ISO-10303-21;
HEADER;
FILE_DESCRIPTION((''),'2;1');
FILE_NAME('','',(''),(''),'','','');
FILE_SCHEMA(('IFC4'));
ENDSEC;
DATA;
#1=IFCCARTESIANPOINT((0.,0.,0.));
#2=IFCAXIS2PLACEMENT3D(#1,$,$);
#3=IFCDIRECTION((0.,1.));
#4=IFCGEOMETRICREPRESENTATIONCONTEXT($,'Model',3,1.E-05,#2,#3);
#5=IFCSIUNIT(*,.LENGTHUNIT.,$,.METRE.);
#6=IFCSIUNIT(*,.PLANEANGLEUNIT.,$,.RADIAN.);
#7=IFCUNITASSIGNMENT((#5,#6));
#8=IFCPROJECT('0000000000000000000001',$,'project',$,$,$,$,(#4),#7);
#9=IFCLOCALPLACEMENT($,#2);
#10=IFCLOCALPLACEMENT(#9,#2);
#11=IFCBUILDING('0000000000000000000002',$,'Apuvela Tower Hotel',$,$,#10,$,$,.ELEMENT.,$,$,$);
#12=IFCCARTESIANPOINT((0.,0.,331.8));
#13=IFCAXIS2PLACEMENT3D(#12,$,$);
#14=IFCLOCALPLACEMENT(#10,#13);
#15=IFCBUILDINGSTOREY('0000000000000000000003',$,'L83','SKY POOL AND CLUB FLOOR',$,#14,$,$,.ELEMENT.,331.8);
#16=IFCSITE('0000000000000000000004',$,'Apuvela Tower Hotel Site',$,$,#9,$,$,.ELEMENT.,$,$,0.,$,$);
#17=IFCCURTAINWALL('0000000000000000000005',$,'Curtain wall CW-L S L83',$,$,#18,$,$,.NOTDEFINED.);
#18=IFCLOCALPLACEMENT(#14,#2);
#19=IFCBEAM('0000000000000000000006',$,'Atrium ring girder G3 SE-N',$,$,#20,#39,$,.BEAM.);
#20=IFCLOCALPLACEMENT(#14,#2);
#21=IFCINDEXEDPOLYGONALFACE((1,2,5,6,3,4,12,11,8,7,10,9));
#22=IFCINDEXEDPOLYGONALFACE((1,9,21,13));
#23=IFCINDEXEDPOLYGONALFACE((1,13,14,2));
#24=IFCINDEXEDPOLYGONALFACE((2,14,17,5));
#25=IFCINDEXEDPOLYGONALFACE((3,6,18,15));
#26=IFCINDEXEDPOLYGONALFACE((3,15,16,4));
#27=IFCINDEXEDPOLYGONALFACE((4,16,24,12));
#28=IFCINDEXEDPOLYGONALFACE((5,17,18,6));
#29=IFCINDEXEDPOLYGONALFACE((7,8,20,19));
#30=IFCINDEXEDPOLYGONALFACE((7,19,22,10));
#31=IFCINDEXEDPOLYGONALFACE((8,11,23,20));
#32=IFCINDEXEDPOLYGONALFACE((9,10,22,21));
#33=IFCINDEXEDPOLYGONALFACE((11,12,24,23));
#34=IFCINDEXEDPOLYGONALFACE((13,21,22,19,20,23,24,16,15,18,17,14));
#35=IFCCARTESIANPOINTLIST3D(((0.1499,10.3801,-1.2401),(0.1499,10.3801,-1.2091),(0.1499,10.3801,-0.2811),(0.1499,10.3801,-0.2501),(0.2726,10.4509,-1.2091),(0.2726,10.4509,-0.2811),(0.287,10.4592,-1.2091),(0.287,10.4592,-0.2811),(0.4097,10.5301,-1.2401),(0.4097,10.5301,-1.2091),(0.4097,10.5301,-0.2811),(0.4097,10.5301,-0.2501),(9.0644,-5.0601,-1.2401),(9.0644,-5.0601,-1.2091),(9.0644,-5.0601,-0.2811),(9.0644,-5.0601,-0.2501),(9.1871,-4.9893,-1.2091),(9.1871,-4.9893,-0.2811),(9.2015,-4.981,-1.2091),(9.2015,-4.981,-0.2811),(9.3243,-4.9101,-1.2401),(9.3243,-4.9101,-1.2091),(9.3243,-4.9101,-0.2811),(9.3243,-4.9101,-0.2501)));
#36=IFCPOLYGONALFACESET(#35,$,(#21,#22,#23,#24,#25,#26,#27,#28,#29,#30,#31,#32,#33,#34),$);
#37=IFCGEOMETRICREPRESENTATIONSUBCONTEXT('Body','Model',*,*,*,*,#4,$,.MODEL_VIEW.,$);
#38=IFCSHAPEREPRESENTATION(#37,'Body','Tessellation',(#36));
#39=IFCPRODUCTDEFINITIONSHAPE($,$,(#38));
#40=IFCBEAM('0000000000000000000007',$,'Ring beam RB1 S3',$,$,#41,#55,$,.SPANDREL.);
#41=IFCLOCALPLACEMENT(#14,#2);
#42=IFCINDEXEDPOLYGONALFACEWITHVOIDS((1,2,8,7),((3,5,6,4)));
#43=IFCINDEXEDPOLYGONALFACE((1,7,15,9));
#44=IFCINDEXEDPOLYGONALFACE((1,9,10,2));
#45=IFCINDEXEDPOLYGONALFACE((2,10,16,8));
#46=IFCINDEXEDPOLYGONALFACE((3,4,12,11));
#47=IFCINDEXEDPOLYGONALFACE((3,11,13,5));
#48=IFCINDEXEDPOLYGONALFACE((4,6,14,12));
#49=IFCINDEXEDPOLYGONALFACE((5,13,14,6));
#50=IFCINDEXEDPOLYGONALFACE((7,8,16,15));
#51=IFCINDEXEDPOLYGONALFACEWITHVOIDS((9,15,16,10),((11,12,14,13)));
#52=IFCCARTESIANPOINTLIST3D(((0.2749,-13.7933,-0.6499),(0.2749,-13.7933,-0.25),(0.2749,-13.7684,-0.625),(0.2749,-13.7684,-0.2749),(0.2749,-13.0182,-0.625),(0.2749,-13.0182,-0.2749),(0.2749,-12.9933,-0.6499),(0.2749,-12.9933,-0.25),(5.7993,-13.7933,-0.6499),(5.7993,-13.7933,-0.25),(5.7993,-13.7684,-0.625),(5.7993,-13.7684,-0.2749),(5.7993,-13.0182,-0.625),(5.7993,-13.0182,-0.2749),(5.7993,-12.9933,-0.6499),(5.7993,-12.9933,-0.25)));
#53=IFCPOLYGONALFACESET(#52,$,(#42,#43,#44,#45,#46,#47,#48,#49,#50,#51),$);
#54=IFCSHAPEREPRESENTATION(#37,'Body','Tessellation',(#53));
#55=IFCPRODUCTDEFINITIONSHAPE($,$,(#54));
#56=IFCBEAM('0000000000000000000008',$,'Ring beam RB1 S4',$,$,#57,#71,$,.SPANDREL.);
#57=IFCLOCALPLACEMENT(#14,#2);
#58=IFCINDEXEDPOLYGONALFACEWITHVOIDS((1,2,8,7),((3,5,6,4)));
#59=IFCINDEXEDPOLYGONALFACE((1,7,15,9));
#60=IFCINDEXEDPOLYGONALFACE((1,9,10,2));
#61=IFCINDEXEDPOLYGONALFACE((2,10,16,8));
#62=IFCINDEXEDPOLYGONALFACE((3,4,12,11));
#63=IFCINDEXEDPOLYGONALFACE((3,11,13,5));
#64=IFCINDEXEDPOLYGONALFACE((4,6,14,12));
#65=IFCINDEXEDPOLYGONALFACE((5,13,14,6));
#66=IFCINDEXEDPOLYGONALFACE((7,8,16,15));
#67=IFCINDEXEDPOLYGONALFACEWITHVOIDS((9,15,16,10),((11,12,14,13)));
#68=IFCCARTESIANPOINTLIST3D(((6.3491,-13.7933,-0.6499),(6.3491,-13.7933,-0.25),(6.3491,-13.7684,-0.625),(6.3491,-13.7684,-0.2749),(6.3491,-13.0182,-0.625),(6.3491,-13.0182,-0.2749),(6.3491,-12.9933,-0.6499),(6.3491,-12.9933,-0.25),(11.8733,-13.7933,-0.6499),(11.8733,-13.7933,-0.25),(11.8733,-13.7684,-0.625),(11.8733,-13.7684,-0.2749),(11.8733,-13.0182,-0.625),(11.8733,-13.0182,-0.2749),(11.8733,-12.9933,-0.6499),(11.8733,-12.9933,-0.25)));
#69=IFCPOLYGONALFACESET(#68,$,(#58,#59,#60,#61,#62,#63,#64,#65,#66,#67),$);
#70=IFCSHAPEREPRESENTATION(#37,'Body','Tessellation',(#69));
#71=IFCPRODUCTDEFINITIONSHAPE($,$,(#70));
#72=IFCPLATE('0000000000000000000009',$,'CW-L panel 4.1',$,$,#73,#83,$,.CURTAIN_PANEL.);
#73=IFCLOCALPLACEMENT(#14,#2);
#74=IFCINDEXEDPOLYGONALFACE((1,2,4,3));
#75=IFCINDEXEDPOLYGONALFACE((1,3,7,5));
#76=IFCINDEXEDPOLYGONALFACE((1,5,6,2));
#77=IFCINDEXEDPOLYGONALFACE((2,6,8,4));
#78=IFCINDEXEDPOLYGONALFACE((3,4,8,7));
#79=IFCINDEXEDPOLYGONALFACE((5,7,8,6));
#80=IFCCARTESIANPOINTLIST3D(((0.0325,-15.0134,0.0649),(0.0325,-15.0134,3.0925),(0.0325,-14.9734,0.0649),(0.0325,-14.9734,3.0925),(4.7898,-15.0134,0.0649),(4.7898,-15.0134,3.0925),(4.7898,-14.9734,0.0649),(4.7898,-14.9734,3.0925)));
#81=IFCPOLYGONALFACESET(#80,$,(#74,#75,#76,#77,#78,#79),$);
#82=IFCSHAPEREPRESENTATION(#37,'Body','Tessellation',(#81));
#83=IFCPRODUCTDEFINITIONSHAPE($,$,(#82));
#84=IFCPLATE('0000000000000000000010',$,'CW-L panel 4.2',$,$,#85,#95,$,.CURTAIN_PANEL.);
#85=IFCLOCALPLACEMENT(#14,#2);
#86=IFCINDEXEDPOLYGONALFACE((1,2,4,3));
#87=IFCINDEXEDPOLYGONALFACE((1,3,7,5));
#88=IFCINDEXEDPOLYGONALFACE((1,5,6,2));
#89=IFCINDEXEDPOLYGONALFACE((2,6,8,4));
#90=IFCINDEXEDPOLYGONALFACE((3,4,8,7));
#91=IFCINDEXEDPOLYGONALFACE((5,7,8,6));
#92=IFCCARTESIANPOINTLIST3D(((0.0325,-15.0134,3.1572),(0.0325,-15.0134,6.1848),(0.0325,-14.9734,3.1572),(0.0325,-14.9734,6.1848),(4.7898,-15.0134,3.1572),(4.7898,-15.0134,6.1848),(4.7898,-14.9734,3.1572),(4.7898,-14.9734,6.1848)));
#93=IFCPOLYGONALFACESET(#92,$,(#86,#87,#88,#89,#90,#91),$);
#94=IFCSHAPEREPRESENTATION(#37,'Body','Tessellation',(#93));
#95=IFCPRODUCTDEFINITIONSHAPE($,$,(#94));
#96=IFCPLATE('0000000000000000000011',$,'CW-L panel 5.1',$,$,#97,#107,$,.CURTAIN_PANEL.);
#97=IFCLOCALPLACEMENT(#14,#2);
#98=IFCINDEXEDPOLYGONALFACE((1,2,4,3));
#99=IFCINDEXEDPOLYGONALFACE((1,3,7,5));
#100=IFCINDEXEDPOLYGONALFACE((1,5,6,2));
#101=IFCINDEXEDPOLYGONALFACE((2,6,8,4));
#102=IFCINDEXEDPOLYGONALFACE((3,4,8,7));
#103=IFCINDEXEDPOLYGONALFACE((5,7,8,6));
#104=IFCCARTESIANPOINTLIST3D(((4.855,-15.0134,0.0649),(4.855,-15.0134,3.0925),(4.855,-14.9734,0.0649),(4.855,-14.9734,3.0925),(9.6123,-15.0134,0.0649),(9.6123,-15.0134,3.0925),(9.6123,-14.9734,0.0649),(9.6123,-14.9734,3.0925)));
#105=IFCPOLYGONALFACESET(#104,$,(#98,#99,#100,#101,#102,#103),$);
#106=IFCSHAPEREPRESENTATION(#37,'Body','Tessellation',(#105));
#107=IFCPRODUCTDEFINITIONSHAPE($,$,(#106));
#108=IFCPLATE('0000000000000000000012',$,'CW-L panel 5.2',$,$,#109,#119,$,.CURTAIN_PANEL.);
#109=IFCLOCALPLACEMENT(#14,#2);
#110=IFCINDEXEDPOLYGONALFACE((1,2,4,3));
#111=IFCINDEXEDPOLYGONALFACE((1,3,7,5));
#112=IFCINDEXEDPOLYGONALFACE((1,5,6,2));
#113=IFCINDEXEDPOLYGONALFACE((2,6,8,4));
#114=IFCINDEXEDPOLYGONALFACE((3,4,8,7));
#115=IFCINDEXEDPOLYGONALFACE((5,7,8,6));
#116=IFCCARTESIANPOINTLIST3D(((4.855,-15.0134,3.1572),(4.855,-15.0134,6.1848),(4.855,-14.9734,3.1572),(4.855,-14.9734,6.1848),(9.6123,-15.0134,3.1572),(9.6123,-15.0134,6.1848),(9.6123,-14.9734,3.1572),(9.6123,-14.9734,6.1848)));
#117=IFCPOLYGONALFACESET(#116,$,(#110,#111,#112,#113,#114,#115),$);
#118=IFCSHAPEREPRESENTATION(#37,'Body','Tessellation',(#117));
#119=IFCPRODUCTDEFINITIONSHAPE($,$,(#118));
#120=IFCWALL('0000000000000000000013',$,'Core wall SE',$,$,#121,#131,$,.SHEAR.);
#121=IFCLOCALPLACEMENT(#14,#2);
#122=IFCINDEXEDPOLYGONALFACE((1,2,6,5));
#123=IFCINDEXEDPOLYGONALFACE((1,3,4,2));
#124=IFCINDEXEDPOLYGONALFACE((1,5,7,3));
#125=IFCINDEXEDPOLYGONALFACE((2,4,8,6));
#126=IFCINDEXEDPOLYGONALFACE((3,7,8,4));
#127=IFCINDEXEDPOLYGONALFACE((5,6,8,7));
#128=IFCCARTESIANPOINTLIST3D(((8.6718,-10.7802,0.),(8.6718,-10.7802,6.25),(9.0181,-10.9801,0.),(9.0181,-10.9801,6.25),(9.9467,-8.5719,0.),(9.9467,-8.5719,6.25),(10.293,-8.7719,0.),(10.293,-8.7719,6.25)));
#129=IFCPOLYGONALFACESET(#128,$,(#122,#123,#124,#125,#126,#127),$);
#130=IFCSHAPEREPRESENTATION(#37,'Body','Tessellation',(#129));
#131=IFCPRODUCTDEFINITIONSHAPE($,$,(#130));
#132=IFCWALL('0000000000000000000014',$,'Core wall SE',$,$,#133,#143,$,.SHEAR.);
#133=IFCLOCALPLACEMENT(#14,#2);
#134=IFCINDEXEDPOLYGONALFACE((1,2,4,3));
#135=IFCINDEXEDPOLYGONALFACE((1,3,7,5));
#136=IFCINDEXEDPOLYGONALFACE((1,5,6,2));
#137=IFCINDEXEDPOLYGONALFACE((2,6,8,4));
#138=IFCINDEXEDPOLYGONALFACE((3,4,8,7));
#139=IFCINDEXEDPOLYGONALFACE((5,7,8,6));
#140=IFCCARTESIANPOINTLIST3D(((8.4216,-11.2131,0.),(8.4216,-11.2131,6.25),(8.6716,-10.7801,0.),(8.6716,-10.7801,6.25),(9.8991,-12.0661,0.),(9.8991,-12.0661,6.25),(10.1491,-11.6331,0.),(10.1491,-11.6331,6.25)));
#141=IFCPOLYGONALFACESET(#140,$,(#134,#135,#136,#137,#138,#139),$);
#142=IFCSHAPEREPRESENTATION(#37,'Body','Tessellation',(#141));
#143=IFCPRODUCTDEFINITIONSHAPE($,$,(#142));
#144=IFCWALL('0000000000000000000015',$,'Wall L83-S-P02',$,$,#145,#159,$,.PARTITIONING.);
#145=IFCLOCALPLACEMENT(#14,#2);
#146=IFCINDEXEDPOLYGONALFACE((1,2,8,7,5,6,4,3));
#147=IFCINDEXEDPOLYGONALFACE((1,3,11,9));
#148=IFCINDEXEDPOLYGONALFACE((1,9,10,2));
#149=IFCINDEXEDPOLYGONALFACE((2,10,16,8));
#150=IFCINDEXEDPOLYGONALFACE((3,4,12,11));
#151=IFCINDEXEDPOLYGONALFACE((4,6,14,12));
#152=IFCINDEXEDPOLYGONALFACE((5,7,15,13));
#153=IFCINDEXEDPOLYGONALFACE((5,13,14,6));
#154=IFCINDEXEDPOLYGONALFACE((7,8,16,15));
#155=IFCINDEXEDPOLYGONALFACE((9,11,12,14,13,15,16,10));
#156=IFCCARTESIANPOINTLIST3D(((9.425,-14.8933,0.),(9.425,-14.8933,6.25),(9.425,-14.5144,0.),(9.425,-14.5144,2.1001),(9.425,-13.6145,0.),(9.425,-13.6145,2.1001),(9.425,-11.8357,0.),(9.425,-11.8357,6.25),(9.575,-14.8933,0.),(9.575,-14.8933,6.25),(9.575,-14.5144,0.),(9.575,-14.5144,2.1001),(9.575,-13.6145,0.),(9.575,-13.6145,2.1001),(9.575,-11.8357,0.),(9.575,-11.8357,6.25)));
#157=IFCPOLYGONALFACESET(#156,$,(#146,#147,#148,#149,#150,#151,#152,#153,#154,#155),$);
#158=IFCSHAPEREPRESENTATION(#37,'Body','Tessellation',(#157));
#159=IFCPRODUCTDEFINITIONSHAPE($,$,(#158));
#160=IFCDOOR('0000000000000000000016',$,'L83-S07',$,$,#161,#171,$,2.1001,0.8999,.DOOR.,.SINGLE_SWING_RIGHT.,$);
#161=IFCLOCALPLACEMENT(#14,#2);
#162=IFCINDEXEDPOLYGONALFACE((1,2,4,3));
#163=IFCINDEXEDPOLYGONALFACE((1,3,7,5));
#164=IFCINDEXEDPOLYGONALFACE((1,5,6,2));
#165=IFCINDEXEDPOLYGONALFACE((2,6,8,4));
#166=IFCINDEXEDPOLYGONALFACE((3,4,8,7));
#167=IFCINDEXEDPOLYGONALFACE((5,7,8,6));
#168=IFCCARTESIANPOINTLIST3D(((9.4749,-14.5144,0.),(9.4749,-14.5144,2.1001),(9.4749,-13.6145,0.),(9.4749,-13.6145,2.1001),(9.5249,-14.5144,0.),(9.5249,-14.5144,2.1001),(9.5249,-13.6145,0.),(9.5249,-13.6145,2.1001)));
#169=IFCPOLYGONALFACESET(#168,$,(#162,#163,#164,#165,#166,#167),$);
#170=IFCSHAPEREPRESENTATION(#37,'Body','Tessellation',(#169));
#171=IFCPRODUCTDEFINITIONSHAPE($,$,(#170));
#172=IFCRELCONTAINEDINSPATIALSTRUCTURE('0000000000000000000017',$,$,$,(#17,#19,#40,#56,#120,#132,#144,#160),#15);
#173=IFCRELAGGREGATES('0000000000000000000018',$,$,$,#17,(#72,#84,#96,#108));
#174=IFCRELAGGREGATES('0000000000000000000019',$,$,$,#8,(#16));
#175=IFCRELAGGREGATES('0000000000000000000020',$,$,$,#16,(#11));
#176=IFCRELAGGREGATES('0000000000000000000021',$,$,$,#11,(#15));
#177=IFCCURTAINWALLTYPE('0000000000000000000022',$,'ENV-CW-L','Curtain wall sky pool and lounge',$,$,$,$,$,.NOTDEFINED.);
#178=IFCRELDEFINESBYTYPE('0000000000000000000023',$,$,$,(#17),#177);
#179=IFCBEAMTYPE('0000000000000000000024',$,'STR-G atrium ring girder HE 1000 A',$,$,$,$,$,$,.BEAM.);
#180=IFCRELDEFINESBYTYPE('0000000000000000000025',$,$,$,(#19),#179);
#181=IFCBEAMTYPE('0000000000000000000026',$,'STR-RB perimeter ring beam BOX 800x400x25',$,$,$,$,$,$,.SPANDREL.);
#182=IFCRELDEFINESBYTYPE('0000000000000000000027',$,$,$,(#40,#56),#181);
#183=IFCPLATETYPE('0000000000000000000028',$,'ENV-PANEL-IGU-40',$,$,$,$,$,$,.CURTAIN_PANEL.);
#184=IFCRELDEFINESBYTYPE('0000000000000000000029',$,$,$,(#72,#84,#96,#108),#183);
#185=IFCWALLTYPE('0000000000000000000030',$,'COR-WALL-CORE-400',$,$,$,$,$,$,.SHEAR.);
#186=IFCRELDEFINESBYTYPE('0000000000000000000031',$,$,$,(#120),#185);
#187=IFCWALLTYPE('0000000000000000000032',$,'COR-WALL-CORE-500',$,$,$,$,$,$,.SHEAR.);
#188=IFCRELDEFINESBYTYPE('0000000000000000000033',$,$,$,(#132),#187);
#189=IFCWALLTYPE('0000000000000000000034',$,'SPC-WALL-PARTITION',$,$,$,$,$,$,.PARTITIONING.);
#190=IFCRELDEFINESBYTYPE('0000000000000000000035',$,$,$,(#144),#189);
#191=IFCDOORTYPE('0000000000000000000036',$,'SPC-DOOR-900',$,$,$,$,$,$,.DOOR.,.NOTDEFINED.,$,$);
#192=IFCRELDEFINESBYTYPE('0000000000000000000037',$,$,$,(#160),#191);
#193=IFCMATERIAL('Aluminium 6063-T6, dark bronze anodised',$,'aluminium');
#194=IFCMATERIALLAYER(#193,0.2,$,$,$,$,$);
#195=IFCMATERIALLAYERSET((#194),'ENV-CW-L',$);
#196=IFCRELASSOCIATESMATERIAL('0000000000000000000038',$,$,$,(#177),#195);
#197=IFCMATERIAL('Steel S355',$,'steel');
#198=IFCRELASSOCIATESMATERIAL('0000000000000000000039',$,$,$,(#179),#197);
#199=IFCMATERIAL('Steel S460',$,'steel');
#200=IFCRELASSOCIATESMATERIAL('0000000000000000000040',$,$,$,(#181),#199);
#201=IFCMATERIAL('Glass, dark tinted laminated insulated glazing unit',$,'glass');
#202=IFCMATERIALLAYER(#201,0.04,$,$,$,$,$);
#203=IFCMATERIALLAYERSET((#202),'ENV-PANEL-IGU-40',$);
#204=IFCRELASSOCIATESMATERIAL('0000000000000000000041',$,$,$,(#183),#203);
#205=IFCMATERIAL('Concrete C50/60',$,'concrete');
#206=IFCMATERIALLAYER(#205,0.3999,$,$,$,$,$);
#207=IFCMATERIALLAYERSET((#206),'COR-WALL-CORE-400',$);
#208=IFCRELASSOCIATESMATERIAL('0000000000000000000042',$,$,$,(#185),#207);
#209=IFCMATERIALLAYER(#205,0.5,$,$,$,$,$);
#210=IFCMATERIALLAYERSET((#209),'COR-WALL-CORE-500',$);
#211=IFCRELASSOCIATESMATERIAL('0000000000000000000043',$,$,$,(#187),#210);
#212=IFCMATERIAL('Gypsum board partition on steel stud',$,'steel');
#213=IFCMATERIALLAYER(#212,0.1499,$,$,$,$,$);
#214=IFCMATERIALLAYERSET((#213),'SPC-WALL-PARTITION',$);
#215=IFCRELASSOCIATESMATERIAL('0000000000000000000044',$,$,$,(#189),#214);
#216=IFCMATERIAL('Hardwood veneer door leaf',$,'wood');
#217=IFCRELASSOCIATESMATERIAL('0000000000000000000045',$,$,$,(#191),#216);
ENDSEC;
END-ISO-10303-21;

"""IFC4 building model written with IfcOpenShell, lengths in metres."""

from ifc_helpers import new_model, si_unit, direction, frame, frame_2d, origin, origin_2d, place, context, subcontext, project, spatial, rectangle, hollow_rectangle, i_section, extrude, material, layer, layer_set, material_profile, profile_set, type_object, element, fill, aggregate, save


model = new_model("IFC4")

# Units and contexts
model_context = context("Model", 3, precision=1e-05, world=origin(), true_north=direction((0.0, 1.0)))
body_context = subcontext(model_context, "Body", "Model", "MODEL_VIEW")
ifc_project = project(units=[si_unit("LENGTHUNIT", "METRE"), si_unit("PLANEANGLEUNIT", "RADIAN")], contexts=[model_context])

# Site, building, storey
site_placement = place(None, origin())
site = spatial("IfcSite", under=ifc_project, at=site_placement, Name="Apuvela Tower Hotel Site", CompositionType="ELEMENT", RefElevation=0.0)
building_placement = place(site_placement, origin())
building = spatial("IfcBuilding", under=site, at=building_placement, Name="Apuvela Tower Hotel", CompositionType="ELEMENT")
storey_placement = place(building_placement, frame((0.0, 0.0, 331.8)))
storey = spatial("IfcBuildingStorey", under=building, at=storey_placement, Name="L83", Description="SKY POOL AND CLUB FLOOR", CompositionType="ELEMENT", Elevation=331.8)

# Shared definitions
ifc_material_1 = material(Name="Steel S460", Category="steel")

# Curtain wall
ifc_material_2 = material(Name="Aluminium 6063-T6, dark bronze anodised", Category="aluminium")
ifc_layer_1 = layer(ifc_material_2, 0.2)
ifc_layer_set_1 = layer_set([ifc_layer_1], Name="ENV-CW-L")
curtain_wall_type = type_object("IfcCurtainWallType", Name="ENV-CW-L", Description="Curtain wall sky pool and lounge", PredefinedType="NOTDEFINED", material=ifc_layer_set_1)
curtain_wall_placement = place(storey_placement, origin())
curtain_wall = element("IfcCurtainWall", 1, at=curtain_wall_placement, inside=storey, type_object=curtain_wall_type, Name="Curtain wall CW-L S L83", PredefinedType="NOTDEFINED")

# Beams
ifc_material_3 = material(Name="Steel S355", Category="steel")
ifc_material_profile_1 = material_profile(ifc_material_3, i_section(OverallWidth=0.3, OverallDepth=0.99, WebThickness=0.0166, FlangeThickness=0.031, at=origin_2d()), Name="HE 1000 A")
ifc_profile_set_1 = profile_set([ifc_material_profile_1], Name="Steel S355")
beam_type_1 = type_object("IfcBeamType", Name="STR-G atrium ring girder HE 1000 A", PredefinedType="BEAM", material=ifc_profile_set_1)
beam_1_placement = place(storey_placement, frame((9.1943, -4.9851, -0.7451), z_axis=(-0.500007, 0.866022, 0.0), x_axis=(-0.866022, -0.500007, 0.0)))
element("IfcBeam", 2, at=beam_1_placement, inside=storey, type_object=beam_type_1, Name="Atrium ring girder G3 SE-N", PredefinedType="BEAM", context=body_context, shape_type="SweptSolid", body=[
    extrude(i_section(OverallWidth=0.3, OverallDepth=0.99, WebThickness=0.0166, FlangeThickness=0.031, at=origin_2d()), origin(), (0.0, 0.0, 1.0), 17.8289),
])
ifc_material_profile_2 = material_profile(ifc_material_1, hollow_rectangle(XDim=0.8, YDim=0.3999, WallThickness=0.0249, at=origin_2d()), Name="BOX 800x400x25")
ifc_profile_set_2 = profile_set([ifc_material_profile_2], Name="Steel S460")
beam_type_2 = type_object("IfcBeamType", Name="STR-RB perimeter ring beam BOX 800x400x25", PredefinedType="SPANDREL", material=ifc_profile_set_2)
beam_2_placement = place(storey_placement, frame((0.2749, -13.3933, -0.45), z_axis=(1.0, 0.0, 0.0), x_axis=(0.0, 1.0, 0.0)))
element("IfcBeam", 3, at=beam_2_placement, inside=storey, type_object=beam_type_2, Name="Ring beam RB1 S3", PredefinedType="SPANDREL", context=body_context, shape_type="SweptSolid", body=[
    extrude(hollow_rectangle(XDim=0.8, YDim=0.3999, WallThickness=0.0249, at=origin_2d()), origin(), (0.0, 0.0, 1.0), 5.5244),
])
beam_3_placement = place(storey_placement, frame((6.3491, -13.3933, -0.45), z_axis=(1.0, 0.0, 0.0), x_axis=(0.0, 1.0, 0.0)))
element("IfcBeam", 4, at=beam_3_placement, inside=storey, type_object=beam_type_2, Name="Ring beam RB1 S4", PredefinedType="SPANDREL", context=body_context, shape_type="SweptSolid", body=[
    extrude(hollow_rectangle(XDim=0.8, YDim=0.3999, WallThickness=0.0249, at=origin_2d()), origin(), (0.0, 0.0, 1.0), 5.5242),
])

# Plates
ifc_material_4 = material(Name="Glass, dark tinted laminated insulated glazing unit", Category="glass")
ifc_layer_2 = layer(ifc_material_4, 0.04)
ifc_layer_set_2 = layer_set([ifc_layer_2], Name="ENV-PANEL-IGU-40")
plate_type = type_object("IfcPlateType", Name="ENV-PANEL-IGU-40", PredefinedType="CURTAIN_PANEL", material=ifc_layer_set_2)
plate_1_placement = place(storey_placement, frame((2.4111, -14.9934, 0.0649), z_axis=(0.0, 0.0, 1.0), x_axis=(1.0, 0.0, 0.0)))
plate_1 = element("IfcPlate", 5, at=plate_1_placement, type_object=plate_type, Name="CW-L panel 4.1", PredefinedType="CURTAIN_PANEL", context=body_context, shape_type="SweptSolid", body=[
    extrude(rectangle(XDim=4.7573, YDim=0.04, at=origin_2d()), origin(), (0.0, 0.0, 1.0), 3.0276),
])
plate_2_placement = place(storey_placement, frame((2.4111, -14.9934, 3.1572), z_axis=(0.0, 0.0, 1.0), x_axis=(1.0, 0.0, 0.0)))
plate_2 = element("IfcPlate", 6, at=plate_2_placement, type_object=plate_type, Name="CW-L panel 4.2", PredefinedType="CURTAIN_PANEL", context=body_context, shape_type="SweptSolid", body=[
    extrude(rectangle(XDim=4.7573, YDim=0.04, at=origin_2d()), origin(), (0.0, 0.0, 1.0), 3.0276),
])
plate_3_placement = place(storey_placement, frame((7.2336, -14.9934, 0.0649), z_axis=(0.0, 0.0, 1.0), x_axis=(1.0, 0.0, 0.0)))
plate_3 = element("IfcPlate", 7, at=plate_3_placement, type_object=plate_type, Name="CW-L panel 5.1", PredefinedType="CURTAIN_PANEL", context=body_context, shape_type="SweptSolid", body=[
    extrude(rectangle(XDim=4.7573, YDim=0.04, at=origin_2d()), origin(), (0.0, 0.0, 1.0), 3.0276),
])
plate_4_placement = place(storey_placement, frame((7.2336, -14.9934, 3.1572), z_axis=(0.0, 0.0, 1.0), x_axis=(1.0, 0.0, 0.0)))
plate_4 = element("IfcPlate", 8, at=plate_4_placement, type_object=plate_type, Name="CW-L panel 5.2", PredefinedType="CURTAIN_PANEL", context=body_context, shape_type="SweptSolid", body=[
    extrude(rectangle(XDim=4.7573, YDim=0.04, at=origin_2d()), origin(), (0.0, 0.0, 1.0), 3.0276),
])
aggregate(curtain_wall, [plate_1, plate_2, plate_3, plate_4])

# Walls
ifc_material_5 = material(Name="Concrete C50/60", Category="concrete")
ifc_layer_3 = layer(ifc_material_5, 0.3999)
ifc_layer_set_3 = layer_set([ifc_layer_3], Name="COR-WALL-CORE-400")
wall_type_1 = type_object("IfcWallType", Name="COR-WALL-CORE-400", PredefinedType="SHEAR", material=ifc_layer_set_3)
wall_1_placement = place(storey_placement, frame((8.845, -10.8801, 0.0), z_axis=(0.0, 0.0, 1.0), x_axis=(0.49999, 0.866031, 0.0)))
element("IfcWall", 9, at=wall_1_placement, inside=storey, type_object=wall_type_1, Name="Core wall SE", PredefinedType="SHEAR", context=body_context, shape_type="SweptSolid", body=[
    extrude(rectangle(XDim=2.5498, YDim=0.3999, at=frame_2d((1.2749, 0.0))), origin(), (0.0, 0.0, 1.0), 6.25),
])
ifc_layer_4 = layer(ifc_material_5, 0.5)
ifc_layer_set_4 = layer_set([ifc_layer_4], Name="COR-WALL-CORE-500")
wall_type_2 = type_object("IfcWallType", Name="COR-WALL-CORE-500", PredefinedType="SHEAR", material=ifc_layer_set_4)
wall_2_placement = place(storey_placement, frame((8.5466, -10.9966, 0.0), z_axis=(0.0, 0.0, 1.0), x_axis=(0.866033, -0.499987, 0.0)))
element("IfcWall", 10, at=wall_2_placement, inside=storey, type_object=wall_type_2, Name="Core wall SE", PredefinedType="SHEAR", context=body_context, shape_type="SweptSolid", body=[
    extrude(rectangle(XDim=1.7061, YDim=0.5, at=frame_2d((0.853, 0.0))), origin(), (0.0, 0.0, 1.0), 6.25),
])

# Wall, opening, door
ifc_material_6 = material(Name="Gypsum board partition on steel stud", Category="steel")
ifc_layer_5 = layer(ifc_material_6, 0.1499)
ifc_layer_set_5 = layer_set([ifc_layer_5], Name="SPC-WALL-PARTITION")
wall_type_3 = type_object("IfcWallType", Name="SPC-WALL-PARTITION", PredefinedType="PARTITIONING", material=ifc_layer_set_5)
wall_3_placement = place(storey_placement, frame((9.5, -14.8933, 0.0), z_axis=(0.0, 0.0, 1.0), x_axis=(0.0, 1.0, 0.0)))
wall_3 = element("IfcWall", 11, at=wall_3_placement, inside=storey, type_object=wall_type_3, Name="Wall L83-S-P02", PredefinedType="PARTITIONING", context=body_context, shape_type="SweptSolid", body=[
    extrude(rectangle(XDim=3.0576, YDim=0.1499, at=frame_2d((1.5288, 0.0))), origin(), (0.0, 0.0, 1.0), 6.25),
])
opening_placement = place(wall_3_placement, frame((0.3789, 0.0, 0.0)))
opening = element("IfcOpeningElement", 12, at=opening_placement, cuts=wall_3, PredefinedType="OPENING", context=body_context, shape_type="SweptSolid", body=[
    extrude(rectangle(XDim=0.8999, YDim=2.1001, at=frame_2d((0.45, 1.05))), frame((0.0, 0.085, 0.0), z_axis=(0.0, -1.0, 0.0), x_axis=(1.0, 0.0, 0.0)), (0.0, 0.0, 1.0), 0.1699),
])
ifc_material_7 = material(Name="Hardwood veneer door leaf", Category="wood")
door_type = type_object("IfcDoorType", Name="SPC-DOOR-900", OperationType="NOTDEFINED", PredefinedType="DOOR", material=ifc_material_7)
door_placement = place(opening_placement, frame((0.8999, 0.0, 0.0), z_axis=(0.0, 0.0, 1.0), x_axis=(-1.0, 0.0, 0.0)))
door = element("IfcDoor", 13, at=door_placement, inside=storey, type_object=door_type, Name="L83-S07", OperationType="SINGLE_SWING_RIGHT", OverallHeight=2.1001, OverallWidth=0.8999, PredefinedType="DOOR", context=body_context, shape_type="SweptSolid", body=[
    extrude(rectangle(XDim=0.8999, YDim=2.1001, at=frame_2d((0.45, 1.05))), frame((0.0, 0.0249, 0.0), z_axis=(0.0, -1.0, 0.0), x_axis=(1.0, 0.0, 0.0)), (0.0, 0.0, 1.0), 0.05),
])
fill(opening, door)

save(model, "model.ifc")
